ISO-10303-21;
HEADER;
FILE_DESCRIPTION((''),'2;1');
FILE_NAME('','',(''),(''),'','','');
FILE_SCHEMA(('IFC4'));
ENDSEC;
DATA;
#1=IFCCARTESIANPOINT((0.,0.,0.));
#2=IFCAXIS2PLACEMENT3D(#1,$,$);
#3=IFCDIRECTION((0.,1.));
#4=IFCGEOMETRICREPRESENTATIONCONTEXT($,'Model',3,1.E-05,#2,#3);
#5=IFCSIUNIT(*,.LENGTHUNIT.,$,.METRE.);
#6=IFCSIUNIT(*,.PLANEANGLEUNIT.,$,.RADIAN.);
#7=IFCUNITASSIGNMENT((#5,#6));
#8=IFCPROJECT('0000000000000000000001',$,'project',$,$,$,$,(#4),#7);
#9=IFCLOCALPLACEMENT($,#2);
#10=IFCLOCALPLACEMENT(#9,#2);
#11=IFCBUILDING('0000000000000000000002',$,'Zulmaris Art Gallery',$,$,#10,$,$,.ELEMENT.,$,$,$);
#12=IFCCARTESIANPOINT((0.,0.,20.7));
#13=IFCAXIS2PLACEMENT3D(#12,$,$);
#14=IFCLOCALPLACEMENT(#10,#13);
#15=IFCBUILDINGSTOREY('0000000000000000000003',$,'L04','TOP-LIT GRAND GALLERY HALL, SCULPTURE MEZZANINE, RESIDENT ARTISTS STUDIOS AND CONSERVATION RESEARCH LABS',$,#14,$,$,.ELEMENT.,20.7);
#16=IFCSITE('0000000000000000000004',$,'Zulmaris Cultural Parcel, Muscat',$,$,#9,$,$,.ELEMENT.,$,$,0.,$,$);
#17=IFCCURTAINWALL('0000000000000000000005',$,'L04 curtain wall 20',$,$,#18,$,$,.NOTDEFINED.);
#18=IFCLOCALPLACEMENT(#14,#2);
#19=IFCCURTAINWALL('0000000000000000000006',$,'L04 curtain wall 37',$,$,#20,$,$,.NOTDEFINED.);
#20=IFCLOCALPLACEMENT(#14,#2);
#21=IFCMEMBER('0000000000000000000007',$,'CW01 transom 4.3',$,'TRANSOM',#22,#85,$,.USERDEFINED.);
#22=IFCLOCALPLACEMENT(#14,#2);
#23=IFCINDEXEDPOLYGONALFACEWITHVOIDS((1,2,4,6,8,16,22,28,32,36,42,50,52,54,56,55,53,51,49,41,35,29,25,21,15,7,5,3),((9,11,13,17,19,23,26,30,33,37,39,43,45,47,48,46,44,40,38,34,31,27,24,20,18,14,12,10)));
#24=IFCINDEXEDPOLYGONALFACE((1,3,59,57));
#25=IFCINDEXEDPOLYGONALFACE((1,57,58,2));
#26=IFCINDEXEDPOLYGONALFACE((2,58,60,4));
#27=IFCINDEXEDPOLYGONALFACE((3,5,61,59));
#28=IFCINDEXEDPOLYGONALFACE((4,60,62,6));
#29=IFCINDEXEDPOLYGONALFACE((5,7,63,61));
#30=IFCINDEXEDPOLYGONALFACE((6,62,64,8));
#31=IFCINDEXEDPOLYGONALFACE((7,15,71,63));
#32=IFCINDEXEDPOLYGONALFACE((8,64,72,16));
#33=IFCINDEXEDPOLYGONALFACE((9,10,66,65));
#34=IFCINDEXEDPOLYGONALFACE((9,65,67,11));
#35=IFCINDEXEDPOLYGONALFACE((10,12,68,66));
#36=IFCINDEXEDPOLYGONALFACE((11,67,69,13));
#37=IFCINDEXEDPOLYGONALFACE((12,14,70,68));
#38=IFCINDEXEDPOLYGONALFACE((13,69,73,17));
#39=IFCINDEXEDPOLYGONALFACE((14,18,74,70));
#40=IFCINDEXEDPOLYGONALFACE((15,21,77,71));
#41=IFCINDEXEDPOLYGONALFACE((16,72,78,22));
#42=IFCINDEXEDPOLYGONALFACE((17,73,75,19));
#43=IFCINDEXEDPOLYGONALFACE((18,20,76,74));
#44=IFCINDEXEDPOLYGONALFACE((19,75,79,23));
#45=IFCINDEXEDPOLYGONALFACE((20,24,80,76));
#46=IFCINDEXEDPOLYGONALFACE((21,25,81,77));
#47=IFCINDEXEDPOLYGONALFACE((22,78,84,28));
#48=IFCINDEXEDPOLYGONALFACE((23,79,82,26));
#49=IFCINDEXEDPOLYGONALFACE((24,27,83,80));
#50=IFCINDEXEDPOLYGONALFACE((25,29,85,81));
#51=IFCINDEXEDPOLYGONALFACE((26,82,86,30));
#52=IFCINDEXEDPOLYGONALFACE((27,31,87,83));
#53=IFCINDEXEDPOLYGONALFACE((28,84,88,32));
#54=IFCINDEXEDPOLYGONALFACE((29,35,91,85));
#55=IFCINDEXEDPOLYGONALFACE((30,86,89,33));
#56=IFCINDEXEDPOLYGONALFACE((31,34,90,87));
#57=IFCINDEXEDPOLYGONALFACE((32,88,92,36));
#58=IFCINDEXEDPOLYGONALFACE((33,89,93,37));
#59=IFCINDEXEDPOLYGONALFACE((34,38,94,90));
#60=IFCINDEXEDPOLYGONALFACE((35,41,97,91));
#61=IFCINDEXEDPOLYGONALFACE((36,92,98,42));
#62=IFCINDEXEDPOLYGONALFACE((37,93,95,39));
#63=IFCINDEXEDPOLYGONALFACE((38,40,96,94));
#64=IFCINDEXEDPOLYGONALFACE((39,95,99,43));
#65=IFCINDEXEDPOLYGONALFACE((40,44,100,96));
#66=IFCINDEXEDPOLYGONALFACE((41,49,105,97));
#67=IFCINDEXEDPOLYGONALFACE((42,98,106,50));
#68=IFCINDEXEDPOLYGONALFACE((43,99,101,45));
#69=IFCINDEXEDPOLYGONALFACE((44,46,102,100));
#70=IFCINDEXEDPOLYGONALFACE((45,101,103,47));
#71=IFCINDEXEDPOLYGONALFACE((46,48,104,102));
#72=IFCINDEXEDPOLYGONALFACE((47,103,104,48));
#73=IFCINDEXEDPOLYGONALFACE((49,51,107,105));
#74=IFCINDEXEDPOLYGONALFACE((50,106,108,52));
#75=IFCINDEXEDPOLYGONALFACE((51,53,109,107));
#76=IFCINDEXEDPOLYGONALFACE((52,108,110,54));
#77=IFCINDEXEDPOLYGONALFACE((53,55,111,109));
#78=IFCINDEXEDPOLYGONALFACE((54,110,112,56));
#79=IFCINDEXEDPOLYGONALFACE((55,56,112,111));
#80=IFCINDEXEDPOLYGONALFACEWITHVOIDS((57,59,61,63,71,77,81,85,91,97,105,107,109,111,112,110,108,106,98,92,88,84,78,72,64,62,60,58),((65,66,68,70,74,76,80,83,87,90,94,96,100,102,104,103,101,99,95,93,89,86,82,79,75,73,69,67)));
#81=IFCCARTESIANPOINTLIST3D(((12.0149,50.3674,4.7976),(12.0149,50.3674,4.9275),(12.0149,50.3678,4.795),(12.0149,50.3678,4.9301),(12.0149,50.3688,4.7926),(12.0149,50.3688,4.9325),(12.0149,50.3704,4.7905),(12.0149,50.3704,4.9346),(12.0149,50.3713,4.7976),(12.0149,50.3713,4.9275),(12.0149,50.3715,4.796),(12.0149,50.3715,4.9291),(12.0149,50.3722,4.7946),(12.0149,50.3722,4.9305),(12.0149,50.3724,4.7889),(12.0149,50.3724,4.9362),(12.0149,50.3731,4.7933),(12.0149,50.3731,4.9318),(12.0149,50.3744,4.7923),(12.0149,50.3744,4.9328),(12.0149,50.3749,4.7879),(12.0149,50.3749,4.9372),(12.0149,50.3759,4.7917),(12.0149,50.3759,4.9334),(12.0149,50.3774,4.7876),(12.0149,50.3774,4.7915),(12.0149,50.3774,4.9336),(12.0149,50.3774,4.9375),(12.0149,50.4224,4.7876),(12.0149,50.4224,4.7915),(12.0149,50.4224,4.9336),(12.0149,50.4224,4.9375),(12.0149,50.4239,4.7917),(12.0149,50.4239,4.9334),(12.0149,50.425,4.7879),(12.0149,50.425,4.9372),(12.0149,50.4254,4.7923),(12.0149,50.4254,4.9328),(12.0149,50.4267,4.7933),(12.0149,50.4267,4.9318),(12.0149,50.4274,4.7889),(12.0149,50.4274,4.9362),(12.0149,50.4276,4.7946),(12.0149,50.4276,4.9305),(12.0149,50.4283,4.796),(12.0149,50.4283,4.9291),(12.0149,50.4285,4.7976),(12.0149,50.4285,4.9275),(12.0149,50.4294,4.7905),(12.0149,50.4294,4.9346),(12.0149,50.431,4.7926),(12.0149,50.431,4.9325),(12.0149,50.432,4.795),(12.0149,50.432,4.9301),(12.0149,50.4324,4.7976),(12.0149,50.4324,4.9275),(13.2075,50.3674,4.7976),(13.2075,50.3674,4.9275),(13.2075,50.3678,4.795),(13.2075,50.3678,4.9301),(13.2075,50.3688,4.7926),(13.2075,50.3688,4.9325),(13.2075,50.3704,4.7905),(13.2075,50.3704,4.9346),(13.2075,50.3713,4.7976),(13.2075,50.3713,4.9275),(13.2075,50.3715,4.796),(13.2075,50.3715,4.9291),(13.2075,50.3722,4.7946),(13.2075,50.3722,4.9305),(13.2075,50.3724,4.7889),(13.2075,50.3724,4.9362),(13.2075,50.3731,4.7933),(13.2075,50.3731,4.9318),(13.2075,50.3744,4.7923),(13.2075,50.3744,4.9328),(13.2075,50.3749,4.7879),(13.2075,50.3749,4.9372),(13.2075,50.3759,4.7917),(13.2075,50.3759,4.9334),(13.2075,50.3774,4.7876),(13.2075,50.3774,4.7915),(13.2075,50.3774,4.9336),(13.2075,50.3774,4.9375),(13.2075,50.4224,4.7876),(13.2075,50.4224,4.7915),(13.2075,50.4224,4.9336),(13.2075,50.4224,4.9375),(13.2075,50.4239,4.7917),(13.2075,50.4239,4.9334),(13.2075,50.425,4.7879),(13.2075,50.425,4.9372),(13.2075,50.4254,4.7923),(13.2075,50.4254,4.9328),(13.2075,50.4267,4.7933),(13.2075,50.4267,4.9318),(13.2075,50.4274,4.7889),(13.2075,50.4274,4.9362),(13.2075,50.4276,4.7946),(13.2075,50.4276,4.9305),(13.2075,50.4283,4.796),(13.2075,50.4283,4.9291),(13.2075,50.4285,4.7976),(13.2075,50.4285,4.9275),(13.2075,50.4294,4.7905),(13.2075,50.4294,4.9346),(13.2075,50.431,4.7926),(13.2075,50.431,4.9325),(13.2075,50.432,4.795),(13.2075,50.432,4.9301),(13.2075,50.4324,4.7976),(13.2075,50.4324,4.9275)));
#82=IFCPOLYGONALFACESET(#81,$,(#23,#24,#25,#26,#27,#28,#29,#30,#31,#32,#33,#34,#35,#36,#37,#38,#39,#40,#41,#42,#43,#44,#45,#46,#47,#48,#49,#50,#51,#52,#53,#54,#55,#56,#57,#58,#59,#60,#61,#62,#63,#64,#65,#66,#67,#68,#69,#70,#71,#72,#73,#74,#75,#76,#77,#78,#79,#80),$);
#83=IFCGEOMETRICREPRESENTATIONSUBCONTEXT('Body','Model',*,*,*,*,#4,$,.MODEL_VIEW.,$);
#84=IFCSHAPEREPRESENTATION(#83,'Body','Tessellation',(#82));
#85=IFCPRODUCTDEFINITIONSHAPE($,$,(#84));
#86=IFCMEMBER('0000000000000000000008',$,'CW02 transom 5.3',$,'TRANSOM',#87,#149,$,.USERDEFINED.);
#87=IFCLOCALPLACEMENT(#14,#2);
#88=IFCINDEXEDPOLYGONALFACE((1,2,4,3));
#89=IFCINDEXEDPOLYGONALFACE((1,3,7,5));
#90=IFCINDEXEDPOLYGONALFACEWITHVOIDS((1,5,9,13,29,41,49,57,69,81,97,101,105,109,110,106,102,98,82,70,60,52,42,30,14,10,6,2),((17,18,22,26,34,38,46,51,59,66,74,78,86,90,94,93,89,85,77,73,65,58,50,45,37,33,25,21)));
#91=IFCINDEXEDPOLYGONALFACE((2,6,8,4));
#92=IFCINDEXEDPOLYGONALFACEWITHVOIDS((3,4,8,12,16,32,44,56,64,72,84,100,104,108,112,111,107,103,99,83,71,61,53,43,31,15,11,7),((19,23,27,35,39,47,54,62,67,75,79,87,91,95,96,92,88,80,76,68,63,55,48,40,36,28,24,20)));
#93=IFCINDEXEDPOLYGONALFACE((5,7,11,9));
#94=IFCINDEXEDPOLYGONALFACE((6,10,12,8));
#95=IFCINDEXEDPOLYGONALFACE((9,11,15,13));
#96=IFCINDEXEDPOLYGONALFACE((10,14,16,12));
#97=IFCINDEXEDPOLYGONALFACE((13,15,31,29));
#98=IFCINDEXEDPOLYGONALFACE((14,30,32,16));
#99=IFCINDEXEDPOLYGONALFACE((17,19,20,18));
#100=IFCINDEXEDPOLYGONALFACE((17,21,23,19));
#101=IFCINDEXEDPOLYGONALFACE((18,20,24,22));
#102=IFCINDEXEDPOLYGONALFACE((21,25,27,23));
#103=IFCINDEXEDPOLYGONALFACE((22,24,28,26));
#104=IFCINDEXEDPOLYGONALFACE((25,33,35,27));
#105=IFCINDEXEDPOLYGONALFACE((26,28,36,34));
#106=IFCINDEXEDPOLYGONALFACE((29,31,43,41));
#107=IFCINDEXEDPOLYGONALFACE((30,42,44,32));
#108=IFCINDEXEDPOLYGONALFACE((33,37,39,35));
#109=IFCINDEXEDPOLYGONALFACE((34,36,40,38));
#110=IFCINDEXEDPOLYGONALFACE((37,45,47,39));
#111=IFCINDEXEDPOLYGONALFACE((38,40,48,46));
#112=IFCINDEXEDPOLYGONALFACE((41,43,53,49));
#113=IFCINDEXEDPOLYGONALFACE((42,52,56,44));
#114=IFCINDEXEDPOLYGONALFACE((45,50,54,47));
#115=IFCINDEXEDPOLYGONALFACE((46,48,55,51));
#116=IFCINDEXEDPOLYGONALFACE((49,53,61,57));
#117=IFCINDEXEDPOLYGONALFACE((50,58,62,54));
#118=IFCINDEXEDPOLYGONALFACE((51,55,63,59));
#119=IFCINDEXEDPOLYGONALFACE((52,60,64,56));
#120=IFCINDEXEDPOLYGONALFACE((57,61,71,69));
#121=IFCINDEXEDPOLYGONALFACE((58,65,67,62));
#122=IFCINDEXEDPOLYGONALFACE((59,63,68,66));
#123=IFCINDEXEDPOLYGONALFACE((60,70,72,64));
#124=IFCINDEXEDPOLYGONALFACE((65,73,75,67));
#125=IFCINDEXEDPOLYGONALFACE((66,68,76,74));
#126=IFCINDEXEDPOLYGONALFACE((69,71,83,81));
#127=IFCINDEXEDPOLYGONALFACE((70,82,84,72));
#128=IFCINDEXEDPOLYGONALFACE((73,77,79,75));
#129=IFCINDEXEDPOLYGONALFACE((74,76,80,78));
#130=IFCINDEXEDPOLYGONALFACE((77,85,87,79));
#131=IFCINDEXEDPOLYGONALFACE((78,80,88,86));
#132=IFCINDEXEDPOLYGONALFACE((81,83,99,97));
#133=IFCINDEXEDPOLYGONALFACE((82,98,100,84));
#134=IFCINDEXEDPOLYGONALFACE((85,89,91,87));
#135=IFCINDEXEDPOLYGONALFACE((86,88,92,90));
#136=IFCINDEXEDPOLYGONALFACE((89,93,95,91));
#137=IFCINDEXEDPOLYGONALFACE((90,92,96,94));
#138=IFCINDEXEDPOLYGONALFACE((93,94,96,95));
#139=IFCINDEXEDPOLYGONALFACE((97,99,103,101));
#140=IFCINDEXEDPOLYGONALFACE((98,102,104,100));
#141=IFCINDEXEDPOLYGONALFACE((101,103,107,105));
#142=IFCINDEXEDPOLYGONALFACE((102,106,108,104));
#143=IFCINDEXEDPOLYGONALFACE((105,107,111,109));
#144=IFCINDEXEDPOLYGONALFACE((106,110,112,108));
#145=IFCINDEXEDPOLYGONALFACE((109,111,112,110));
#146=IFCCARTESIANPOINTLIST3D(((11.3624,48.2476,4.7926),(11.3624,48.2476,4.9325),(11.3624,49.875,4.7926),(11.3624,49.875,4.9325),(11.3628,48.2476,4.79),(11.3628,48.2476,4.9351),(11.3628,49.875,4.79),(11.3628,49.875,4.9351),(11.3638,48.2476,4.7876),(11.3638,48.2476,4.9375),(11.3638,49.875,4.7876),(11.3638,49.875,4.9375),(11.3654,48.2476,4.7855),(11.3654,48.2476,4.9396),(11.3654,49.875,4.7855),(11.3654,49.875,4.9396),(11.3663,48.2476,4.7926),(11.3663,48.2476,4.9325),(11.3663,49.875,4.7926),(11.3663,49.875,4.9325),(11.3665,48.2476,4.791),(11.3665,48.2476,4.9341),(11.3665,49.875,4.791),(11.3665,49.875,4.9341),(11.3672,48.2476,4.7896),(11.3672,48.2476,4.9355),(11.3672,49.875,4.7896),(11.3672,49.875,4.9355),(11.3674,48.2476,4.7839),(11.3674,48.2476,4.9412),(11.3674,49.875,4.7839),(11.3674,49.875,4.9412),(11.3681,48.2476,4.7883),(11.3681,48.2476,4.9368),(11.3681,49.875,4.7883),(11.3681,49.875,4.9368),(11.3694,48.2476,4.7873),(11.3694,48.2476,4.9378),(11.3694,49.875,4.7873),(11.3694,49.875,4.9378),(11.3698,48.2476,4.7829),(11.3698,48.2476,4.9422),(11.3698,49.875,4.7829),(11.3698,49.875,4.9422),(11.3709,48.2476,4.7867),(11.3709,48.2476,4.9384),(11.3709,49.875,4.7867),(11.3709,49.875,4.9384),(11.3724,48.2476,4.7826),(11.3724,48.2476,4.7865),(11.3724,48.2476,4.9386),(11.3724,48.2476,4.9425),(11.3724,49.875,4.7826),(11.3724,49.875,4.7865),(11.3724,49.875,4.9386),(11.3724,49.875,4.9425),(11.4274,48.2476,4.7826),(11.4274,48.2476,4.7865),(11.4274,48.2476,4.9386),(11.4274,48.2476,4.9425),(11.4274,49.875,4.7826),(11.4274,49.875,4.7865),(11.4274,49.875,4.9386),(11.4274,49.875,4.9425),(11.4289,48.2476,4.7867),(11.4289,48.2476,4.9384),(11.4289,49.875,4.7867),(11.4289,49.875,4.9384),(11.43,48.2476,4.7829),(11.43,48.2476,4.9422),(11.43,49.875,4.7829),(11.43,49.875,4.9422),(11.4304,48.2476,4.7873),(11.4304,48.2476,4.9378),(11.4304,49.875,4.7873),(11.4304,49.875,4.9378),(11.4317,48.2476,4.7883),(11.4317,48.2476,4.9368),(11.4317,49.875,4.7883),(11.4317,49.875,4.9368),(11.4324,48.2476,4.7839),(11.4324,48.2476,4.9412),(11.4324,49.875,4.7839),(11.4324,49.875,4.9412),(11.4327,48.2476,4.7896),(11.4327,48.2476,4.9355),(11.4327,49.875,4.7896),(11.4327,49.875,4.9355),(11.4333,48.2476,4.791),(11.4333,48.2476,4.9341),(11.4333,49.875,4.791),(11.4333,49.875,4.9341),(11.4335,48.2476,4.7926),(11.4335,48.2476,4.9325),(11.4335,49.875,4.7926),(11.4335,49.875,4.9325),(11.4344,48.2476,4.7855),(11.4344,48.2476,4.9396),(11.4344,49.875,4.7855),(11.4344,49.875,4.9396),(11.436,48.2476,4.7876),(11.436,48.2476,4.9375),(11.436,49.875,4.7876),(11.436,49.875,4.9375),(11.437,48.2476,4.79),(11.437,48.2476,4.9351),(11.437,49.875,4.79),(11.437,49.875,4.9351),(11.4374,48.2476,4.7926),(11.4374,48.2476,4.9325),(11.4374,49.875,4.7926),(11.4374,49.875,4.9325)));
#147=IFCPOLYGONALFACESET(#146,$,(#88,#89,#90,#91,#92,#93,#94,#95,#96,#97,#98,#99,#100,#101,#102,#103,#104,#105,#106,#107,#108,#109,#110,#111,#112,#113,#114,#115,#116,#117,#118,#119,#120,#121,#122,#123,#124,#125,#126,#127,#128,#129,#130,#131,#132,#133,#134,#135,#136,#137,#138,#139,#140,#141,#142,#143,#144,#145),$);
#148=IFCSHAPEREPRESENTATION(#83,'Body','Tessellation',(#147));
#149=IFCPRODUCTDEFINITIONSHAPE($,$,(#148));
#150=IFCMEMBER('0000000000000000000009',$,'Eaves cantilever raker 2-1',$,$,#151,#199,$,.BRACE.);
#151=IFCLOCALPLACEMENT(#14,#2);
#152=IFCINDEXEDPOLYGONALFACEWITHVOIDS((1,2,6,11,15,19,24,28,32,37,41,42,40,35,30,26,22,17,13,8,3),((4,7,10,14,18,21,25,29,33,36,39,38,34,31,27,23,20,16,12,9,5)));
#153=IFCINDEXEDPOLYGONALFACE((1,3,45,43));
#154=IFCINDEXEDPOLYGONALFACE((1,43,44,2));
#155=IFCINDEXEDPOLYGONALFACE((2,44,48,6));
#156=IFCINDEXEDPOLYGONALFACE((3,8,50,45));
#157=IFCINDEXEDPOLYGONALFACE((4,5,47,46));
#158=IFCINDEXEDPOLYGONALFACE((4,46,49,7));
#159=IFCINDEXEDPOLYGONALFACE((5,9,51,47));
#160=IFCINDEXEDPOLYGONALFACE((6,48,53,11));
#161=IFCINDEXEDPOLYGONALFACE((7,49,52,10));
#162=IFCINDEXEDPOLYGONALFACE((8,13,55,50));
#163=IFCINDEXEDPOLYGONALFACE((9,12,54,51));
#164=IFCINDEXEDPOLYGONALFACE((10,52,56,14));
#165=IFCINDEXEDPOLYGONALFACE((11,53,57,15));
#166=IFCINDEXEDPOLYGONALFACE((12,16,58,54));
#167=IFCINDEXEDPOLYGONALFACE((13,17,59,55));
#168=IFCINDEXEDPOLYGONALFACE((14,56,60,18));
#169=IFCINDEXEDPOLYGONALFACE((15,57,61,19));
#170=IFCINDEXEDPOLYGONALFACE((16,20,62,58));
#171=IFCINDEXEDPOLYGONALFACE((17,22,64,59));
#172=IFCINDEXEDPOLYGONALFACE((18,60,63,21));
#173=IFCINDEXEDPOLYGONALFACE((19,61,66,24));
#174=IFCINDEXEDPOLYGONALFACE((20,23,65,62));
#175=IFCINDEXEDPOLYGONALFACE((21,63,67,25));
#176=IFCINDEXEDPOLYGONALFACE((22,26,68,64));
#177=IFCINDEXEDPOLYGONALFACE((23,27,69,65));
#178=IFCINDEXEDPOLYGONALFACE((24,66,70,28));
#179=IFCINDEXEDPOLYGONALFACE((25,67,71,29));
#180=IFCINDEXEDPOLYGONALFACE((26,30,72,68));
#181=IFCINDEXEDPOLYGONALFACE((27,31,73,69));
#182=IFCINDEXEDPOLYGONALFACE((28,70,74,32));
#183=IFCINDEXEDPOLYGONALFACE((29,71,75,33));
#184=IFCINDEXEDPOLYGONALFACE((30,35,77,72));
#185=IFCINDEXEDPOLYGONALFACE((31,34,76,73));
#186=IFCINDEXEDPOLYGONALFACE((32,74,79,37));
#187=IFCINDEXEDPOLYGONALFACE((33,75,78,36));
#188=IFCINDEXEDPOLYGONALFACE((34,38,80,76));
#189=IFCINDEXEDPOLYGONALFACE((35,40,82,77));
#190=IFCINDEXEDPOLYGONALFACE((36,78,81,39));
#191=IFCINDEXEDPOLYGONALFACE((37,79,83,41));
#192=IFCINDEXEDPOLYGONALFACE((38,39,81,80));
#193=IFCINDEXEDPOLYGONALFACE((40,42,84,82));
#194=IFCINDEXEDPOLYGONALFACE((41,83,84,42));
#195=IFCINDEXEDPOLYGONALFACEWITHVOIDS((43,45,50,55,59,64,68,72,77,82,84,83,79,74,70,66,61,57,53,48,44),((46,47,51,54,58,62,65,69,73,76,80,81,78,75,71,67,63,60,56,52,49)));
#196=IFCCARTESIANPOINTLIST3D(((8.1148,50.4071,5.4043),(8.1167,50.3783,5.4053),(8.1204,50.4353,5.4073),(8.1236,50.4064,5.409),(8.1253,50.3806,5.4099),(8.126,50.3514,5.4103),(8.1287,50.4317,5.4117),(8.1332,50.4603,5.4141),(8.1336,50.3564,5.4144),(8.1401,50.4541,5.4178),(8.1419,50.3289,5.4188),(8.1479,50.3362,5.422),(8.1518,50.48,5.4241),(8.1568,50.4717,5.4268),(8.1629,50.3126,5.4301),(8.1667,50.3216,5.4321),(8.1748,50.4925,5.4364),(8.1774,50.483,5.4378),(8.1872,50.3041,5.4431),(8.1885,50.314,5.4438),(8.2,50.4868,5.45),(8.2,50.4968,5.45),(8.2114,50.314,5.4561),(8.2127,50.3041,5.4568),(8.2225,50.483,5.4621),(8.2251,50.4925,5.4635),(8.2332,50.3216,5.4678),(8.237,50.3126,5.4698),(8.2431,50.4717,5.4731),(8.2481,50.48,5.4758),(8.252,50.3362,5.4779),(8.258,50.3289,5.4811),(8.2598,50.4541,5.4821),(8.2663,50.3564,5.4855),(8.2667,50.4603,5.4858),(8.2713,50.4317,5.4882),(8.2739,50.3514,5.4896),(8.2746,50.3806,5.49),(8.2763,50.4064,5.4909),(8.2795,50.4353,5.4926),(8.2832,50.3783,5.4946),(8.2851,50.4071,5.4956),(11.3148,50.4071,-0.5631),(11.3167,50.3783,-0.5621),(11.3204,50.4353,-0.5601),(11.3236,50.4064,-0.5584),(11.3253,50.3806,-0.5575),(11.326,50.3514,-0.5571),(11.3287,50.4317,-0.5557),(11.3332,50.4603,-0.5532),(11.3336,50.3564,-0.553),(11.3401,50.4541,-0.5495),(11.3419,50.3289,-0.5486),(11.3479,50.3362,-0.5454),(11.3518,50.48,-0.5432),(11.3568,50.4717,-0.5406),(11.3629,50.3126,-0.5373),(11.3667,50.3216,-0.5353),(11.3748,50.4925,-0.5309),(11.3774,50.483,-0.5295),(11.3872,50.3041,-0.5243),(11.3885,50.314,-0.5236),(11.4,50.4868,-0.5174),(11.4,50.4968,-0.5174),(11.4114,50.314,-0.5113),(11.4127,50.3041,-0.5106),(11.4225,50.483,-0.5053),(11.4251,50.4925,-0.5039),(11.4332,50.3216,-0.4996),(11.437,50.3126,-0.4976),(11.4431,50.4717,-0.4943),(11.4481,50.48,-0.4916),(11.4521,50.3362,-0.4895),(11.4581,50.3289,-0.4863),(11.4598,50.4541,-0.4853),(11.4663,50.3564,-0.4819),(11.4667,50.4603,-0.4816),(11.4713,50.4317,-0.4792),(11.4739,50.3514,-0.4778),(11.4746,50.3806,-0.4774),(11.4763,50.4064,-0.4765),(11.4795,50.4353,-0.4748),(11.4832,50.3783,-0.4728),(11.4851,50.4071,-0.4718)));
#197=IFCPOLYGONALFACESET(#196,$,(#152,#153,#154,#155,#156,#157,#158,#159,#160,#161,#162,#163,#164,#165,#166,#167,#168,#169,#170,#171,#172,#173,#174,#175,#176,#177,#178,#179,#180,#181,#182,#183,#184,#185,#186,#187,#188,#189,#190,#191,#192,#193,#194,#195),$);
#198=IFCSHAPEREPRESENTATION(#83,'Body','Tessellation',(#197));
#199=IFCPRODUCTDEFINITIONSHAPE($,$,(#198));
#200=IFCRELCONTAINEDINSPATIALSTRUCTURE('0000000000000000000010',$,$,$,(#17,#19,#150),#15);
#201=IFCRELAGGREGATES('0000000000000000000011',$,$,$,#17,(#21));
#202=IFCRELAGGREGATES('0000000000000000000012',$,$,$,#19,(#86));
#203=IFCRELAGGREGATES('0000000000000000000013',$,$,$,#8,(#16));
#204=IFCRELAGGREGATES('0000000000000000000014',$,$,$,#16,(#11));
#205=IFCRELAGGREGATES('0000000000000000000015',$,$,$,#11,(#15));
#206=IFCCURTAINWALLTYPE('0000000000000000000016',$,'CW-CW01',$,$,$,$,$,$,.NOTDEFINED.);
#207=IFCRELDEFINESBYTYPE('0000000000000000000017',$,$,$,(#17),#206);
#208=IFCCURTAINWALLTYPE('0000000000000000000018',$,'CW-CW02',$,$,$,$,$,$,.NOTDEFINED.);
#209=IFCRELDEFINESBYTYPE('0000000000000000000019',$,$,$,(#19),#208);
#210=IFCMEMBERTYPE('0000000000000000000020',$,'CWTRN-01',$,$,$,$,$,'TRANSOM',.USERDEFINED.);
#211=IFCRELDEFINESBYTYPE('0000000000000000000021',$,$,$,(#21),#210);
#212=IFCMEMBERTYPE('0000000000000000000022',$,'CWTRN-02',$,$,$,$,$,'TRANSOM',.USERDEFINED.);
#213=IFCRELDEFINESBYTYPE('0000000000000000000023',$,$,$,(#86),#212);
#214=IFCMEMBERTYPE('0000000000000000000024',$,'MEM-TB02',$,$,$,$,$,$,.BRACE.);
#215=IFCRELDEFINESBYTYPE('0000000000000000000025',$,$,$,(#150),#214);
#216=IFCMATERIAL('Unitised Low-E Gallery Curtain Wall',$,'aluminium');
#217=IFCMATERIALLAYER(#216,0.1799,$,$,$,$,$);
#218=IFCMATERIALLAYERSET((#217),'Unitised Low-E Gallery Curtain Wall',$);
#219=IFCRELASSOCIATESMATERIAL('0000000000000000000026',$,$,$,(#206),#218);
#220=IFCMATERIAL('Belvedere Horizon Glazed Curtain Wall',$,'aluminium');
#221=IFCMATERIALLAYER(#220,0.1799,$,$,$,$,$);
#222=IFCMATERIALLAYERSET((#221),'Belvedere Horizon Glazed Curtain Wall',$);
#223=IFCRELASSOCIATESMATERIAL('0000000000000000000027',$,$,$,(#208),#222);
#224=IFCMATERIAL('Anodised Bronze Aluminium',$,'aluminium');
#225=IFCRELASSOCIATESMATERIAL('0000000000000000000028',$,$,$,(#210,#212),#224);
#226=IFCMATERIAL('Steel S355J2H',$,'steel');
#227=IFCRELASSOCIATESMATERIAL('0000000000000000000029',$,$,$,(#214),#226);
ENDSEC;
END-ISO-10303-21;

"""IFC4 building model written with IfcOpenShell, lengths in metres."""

from ifc_helpers import new_model, si_unit, direction, frame, origin, origin_2d, place, context, subcontext, project, spatial, hollow_rectangle, hollow_circle, extrude, material, layer, layer_set, material_profile, profile_set, type_object, element, aggregate, save


model = new_model("IFC4")

# Units and contexts
model_context = context("Model", 3, precision=1e-05, world=origin(), true_north=direction((0.0, 1.0)))
body_context = subcontext(model_context, "Body", "Model", "MODEL_VIEW")
ifc_project = project(units=[si_unit("LENGTHUNIT", "METRE"), si_unit("PLANEANGLEUNIT", "RADIAN")], contexts=[model_context])

# Site, building, storey
site_placement = place(None, origin())
site = spatial("IfcSite", under=ifc_project, at=site_placement, Name="Zulmaris Cultural Parcel, Muscat", CompositionType="ELEMENT", RefElevation=0.0)
building_placement = place(site_placement, origin())
building = spatial("IfcBuilding", under=site, at=building_placement, Name="Zulmaris Art Gallery", CompositionType="ELEMENT")
storey_placement = place(building_placement, frame((0.0, 0.0, 20.7)))
storey = spatial("IfcBuildingStorey", under=building, at=storey_placement, Name="L04", Description="TOP-LIT GRAND GALLERY HALL, SCULPTURE MEZZANINE, RESIDENT ARTISTS STUDIOS AND CONSERVATION RESEARCH LABS", CompositionType="ELEMENT", Elevation=20.7)

# Curtain wall
ifc_material_1 = material(Name="Unitised Low-E Gallery Curtain Wall", Category="aluminium")
ifc_layer_1 = layer(ifc_material_1, 0.1799)
ifc_layer_set_1 = layer_set([ifc_layer_1], Name="Unitised Low-E Gallery Curtain Wall")
curtain_wall_type_1 = type_object("IfcCurtainWallType", Name="CW-CW01", PredefinedType="NOTDEFINED", material=ifc_layer_set_1)
curtain_wall_1_placement = place(storey_placement, origin())
curtain_wall_1 = element("IfcCurtainWall", 1, at=curtain_wall_1_placement, inside=storey, type_object=curtain_wall_type_1, Name="L04 curtain wall 20", PredefinedType="NOTDEFINED")
ifc_material_2 = material(Name="Anodised Bronze Aluminium", Category="aluminium")

# Curtain wall
ifc_material_3 = material(Name="Belvedere Horizon Glazed Curtain Wall", Category="aluminium")
ifc_layer_2 = layer(ifc_material_3, 0.1799)
ifc_layer_set_2 = layer_set([ifc_layer_2], Name="Belvedere Horizon Glazed Curtain Wall")
curtain_wall_type_2 = type_object("IfcCurtainWallType", Name="CW-CW02", PredefinedType="NOTDEFINED", material=ifc_layer_set_2)
curtain_wall_2_placement = place(storey_placement, origin())
curtain_wall_2 = element("IfcCurtainWall", 2, at=curtain_wall_2_placement, inside=storey, type_object=curtain_wall_type_2, Name="L04 curtain wall 37", PredefinedType="NOTDEFINED")

# Members
ifc_material_profile_1 = material_profile(ifc_material_2, hollow_rectangle(XDim=0.0649, YDim=0.1499, WallThickness=0.0039, InnerFilletRadius=0.0061, OuterFilletRadius=0.01, at=origin_2d()), Name="ALU 65x150x4")
ifc_profile_set_1 = profile_set([ifc_material_profile_1], Name="Anodised Bronze Aluminium")
member_type_1 = type_object("IfcMemberType", Name="CWTRN-01", ElementType="TRANSOM", PredefinedType="USERDEFINED", material=ifc_profile_set_1)
member_1_placement = place(storey_placement, frame((13.2075, 50.3999, 4.8625), z_axis=(-1.0, 0.0, 0.0), x_axis=(0.0, -1.0, 0.0)))
member_1 = element("IfcMember", 3, at=member_1_placement, type_object=member_type_1, Name="CW01 transom 4.3", ObjectType="TRANSOM", PredefinedType="USERDEFINED", context=body_context, shape_type="SweptSolid", body=[
    extrude(hollow_rectangle(XDim=0.0649, YDim=0.1499, WallThickness=0.0039, InnerFilletRadius=0.0061, OuterFilletRadius=0.01, at=origin_2d()), origin(), (0.0, 0.0, 1.0), 1.1926),
])
ifc_material_profile_2 = material_profile(ifc_material_2, hollow_rectangle(XDim=0.075, YDim=0.1599, WallThickness=0.0039, InnerFilletRadius=0.0061, OuterFilletRadius=0.01, at=origin_2d()), Name="ALU 75x160x4")
ifc_profile_set_2 = profile_set([ifc_material_profile_2], Name="Anodised Bronze Aluminium")
member_type_2 = type_object("IfcMemberType", Name="CWTRN-02", ElementType="TRANSOM", PredefinedType="USERDEFINED", material=ifc_profile_set_2)
member_2_placement = place(storey_placement, frame((11.3999, 48.2476, 4.8625), z_axis=(0.0, 1.0, 0.0), x_axis=(-1.0, 0.0, 0.0)))
member_2 = element("IfcMember", 4, at=member_2_placement, type_object=member_type_2, Name="CW02 transom 5.3", ObjectType="TRANSOM", PredefinedType="USERDEFINED", context=body_context, shape_type="SweptSolid", body=[
    extrude(hollow_rectangle(XDim=0.075, YDim=0.1599, WallThickness=0.0039, InnerFilletRadius=0.0061, OuterFilletRadius=0.01, at=origin_2d()), origin(), (0.0, 0.0, 1.0), 1.6274),
])

# Member
ifc_material_4 = material(Name="Steel S355J2H", Category="steel")
ifc_material_profile_3 = material_profile(ifc_material_4, hollow_circle(Radius=0.0969, WallThickness=0.01, at=origin_2d()), Name="CHS 193.7x10")
ifc_profile_set_3 = profile_set([ifc_material_profile_3], Name="Steel S355J2H")
member_type_3 = type_object("IfcMemberType", Name="MEM-TB02", PredefinedType="BRACE", material=ifc_profile_set_3)
member_3_placement = place(storey_placement, frame((8.2, 50.3999, 5.45), z_axis=(0.472588, 0.0, -0.881284), x_axis=(0.0, 1.0, 0.0)))
element("IfcMember", 5, at=member_3_placement, inside=storey, type_object=member_type_3, Name="Eaves cantilever raker 2-1", PredefinedType="BRACE", context=body_context, shape_type="SweptSolid", body=[
    extrude(hollow_circle(Radius=0.0969, WallThickness=0.01, at=origin_2d()), origin(), (0.0, 0.0, 1.0), 6.7712),
])

aggregate(curtain_wall_1, [member_1])
aggregate(curtain_wall_2, [member_2])

save(model, "model.ifc")
